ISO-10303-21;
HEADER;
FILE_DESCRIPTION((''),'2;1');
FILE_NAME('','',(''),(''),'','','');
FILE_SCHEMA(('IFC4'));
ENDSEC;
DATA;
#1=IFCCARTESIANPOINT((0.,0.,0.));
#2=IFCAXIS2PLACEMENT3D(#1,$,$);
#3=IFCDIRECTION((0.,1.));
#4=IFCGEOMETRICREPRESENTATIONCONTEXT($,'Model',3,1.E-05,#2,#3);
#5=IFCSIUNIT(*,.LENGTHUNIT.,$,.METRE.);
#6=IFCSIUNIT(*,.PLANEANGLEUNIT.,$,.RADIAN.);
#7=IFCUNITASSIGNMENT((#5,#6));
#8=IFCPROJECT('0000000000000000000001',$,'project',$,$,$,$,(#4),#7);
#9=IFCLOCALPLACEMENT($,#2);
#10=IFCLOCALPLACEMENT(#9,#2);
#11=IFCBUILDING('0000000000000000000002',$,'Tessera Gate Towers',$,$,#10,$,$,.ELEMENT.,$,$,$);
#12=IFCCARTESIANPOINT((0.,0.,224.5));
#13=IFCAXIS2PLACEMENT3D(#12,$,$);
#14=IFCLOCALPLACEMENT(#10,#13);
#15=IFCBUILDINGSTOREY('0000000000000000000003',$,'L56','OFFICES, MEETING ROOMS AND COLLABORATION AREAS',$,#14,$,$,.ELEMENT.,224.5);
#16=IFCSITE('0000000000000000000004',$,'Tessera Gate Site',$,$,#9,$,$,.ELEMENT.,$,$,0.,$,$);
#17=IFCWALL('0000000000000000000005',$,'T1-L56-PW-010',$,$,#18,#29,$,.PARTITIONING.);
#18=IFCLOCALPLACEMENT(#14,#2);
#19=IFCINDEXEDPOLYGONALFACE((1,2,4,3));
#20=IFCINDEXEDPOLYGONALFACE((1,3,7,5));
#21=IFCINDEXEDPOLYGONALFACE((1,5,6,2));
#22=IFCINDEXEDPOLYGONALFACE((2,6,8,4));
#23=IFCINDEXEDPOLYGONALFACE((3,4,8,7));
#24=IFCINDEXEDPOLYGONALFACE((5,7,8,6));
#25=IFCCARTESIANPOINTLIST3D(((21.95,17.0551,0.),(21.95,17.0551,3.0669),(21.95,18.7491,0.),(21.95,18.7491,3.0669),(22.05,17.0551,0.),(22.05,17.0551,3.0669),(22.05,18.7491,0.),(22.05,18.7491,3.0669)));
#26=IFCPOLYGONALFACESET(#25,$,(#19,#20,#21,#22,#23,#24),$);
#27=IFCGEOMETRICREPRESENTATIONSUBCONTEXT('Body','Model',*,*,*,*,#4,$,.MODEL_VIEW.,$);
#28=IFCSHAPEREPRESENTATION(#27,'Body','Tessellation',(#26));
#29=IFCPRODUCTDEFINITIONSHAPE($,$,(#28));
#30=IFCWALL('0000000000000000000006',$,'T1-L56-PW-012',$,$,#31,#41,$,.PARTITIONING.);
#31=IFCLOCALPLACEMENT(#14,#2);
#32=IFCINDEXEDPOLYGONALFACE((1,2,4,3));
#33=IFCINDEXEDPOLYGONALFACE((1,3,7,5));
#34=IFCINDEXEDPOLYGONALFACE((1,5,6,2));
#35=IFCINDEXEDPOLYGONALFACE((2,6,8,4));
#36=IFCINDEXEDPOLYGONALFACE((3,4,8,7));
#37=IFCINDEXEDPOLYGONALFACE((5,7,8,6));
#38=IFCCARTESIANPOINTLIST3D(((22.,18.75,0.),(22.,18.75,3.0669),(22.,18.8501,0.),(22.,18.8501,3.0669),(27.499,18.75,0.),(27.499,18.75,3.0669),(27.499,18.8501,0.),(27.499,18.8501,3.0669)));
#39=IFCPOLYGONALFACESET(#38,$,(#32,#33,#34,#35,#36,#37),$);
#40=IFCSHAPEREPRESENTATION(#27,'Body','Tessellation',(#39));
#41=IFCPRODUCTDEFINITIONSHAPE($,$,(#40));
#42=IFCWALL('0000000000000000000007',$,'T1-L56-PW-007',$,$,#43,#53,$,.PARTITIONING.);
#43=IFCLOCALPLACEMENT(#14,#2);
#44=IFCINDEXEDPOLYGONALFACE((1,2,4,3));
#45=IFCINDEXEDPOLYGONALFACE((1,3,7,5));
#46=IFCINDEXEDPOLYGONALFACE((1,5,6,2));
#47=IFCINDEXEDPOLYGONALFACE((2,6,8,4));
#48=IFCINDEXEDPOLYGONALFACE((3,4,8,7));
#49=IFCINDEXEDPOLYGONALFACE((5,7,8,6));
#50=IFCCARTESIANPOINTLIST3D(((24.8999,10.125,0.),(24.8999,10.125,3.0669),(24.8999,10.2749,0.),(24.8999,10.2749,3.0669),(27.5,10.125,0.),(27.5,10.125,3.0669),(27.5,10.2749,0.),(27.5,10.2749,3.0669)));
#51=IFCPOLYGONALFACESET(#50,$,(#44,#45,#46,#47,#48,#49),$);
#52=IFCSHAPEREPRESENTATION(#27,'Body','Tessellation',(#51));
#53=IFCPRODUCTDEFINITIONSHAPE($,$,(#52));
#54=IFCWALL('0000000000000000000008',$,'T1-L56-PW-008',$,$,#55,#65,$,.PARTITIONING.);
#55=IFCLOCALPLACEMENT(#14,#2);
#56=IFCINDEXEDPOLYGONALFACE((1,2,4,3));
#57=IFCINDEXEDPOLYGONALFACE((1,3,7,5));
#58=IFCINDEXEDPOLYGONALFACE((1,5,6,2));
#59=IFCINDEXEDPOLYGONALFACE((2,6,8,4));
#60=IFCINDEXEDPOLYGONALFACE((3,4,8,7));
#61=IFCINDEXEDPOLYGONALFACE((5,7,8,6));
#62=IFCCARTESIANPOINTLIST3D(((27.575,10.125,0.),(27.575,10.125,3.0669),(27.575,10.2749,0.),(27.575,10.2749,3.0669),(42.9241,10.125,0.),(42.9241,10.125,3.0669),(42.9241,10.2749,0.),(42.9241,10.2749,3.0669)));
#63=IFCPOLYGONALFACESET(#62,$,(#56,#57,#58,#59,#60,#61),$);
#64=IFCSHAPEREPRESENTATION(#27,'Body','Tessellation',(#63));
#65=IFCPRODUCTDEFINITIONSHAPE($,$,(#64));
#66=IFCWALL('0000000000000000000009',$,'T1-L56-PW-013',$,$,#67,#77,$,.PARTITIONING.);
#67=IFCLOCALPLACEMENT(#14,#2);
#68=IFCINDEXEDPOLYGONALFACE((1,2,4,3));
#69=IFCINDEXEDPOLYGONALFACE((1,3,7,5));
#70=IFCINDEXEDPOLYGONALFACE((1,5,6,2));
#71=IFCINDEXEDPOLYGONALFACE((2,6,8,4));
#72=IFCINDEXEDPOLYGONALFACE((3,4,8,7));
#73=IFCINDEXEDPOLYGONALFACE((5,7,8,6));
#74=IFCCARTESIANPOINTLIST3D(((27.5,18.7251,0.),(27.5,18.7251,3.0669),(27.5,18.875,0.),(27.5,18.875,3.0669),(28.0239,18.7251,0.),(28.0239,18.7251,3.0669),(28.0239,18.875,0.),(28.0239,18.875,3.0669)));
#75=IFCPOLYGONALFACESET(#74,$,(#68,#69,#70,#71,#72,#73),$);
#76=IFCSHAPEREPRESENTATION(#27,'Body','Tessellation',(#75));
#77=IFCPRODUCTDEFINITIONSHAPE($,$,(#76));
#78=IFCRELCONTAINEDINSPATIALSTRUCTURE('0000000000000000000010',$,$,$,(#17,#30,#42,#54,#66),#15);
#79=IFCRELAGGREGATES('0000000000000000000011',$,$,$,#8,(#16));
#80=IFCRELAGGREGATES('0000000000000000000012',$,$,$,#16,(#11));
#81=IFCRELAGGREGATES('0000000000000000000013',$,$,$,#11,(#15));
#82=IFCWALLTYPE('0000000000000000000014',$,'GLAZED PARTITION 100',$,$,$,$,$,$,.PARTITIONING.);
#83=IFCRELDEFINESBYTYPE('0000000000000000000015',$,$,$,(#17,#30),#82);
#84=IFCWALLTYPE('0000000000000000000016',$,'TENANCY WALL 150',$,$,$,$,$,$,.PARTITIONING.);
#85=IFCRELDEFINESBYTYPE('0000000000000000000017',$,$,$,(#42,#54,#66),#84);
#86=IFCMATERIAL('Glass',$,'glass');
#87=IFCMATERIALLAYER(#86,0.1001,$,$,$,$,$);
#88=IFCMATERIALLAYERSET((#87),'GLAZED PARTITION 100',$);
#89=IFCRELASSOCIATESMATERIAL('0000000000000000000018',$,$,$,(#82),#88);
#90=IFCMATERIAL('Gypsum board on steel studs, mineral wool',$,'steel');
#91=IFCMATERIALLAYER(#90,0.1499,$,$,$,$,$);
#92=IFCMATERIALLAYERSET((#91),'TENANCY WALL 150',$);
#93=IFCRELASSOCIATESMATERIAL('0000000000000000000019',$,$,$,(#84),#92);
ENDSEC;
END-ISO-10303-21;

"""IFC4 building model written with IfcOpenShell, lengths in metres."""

from ifc_helpers import new_model, si_unit, direction, frame, frame_2d, origin, place, context, subcontext, project, spatial, rectangle, extrude, material, layer, layer_set, type_object, element, save


model = new_model("IFC4")

# Units and contexts
model_context = context("Model", 3, precision=1e-05, world=origin(), true_north=direction((0.0, 1.0)))
body_context = subcontext(model_context, "Body", "Model", "MODEL_VIEW")
ifc_project = project(units=[si_unit("LENGTHUNIT", "METRE"), si_unit("PLANEANGLEUNIT", "RADIAN")], contexts=[model_context])

# Site, building, storey
site_placement = place(None, origin())
site = spatial("IfcSite", under=ifc_project, at=site_placement, Name="Tessera Gate Site", CompositionType="ELEMENT", RefElevation=0.0)
building_placement = place(site_placement, origin())
building = spatial("IfcBuilding", under=site, at=building_placement, Name="Tessera Gate Towers", CompositionType="ELEMENT")
storey_placement = place(building_placement, frame((0.0, 0.0, 224.5)))
storey = spatial("IfcBuildingStorey", under=building, at=storey_placement, Name="L56", Description="OFFICES, MEETING ROOMS AND COLLABORATION AREAS", CompositionType="ELEMENT", Elevation=224.5)

# Shared definitions
ifc_material_1 = material(Name="Glass", Category="glass")
ifc_layer_1 = layer(ifc_material_1, 0.1001)
ifc_layer_set_1 = layer_set([ifc_layer_1], Name="GLAZED PARTITION 100")
wall_type_1 = type_object("IfcWallType", Name="GLAZED PARTITION 100", PredefinedType="PARTITIONING", material=ifc_layer_set_1)

# Walls
wall_1_placement = place(storey_placement, frame((22.0, 17.0549, 0.0), z_axis=(0.0, 0.0, 1.0), x_axis=(0.0, 1.0, 0.0)))
element("IfcWall", 1, at=wall_1_placement, inside=storey, type_object=wall_type_1, Name="T1-L56-PW-010", PredefinedType="PARTITIONING", context=body_context, shape_type="SweptSolid", body=[
    extrude(rectangle(XDim=1.6941, YDim=0.1001, at=frame_2d((0.8472, 0.0))), origin(), (0.0, 0.0, 1.0), 3.0669),
])
wall_2_placement = place(storey_placement, frame((22.0, 18.8, 0.0), z_axis=(0.0, 0.0, 1.0), x_axis=(1.0, 0.0, 0.0)))
element("IfcWall", 2, at=wall_2_placement, inside=storey, type_object=wall_type_1, Name="T1-L56-PW-012", PredefinedType="PARTITIONING", context=body_context, shape_type="SweptSolid", body=[
    extrude(rectangle(XDim=5.499, YDim=0.1001, at=frame_2d((2.7495, 0.0))), origin(), (0.0, 0.0, 1.0), 3.0669),
])
ifc_material_2 = material(Name="Gypsum board on steel studs, mineral wool", Category="steel")
ifc_layer_2 = layer(ifc_material_2, 0.1499)
ifc_layer_set_2 = layer_set([ifc_layer_2], Name="TENANCY WALL 150")
wall_type_2 = type_object("IfcWallType", Name="TENANCY WALL 150", PredefinedType="PARTITIONING", material=ifc_layer_set_2)
wall_3_placement = place(storey_placement, frame((24.8999, 10.2, 0.0), z_axis=(0.0, 0.0, 1.0), x_axis=(1.0, 0.0, 0.0)))
element("IfcWall", 3, at=wall_3_placement, inside=storey, type_object=wall_type_2, Name="T1-L56-PW-007", PredefinedType="PARTITIONING", context=body_context, shape_type="SweptSolid", body=[
    extrude(rectangle(XDim=2.6001, YDim=0.1499, at=frame_2d((1.3, 0.0))), origin(), (0.0, 0.0, 1.0), 3.0669),
])
wall_4_placement = place(storey_placement, frame((27.575, 10.2, 0.0), z_axis=(0.0, 0.0, 1.0), x_axis=(1.0, 0.0, 0.0)))
element("IfcWall", 4, at=wall_4_placement, inside=storey, type_object=wall_type_2, Name="T1-L56-PW-008", PredefinedType="PARTITIONING", context=body_context, shape_type="SweptSolid", body=[
    extrude(rectangle(XDim=15.3491, YDim=0.1499, at=frame_2d((7.6746, 0.0))), origin(), (0.0, 0.0, 1.0), 3.0669),
])
wall_5_placement = place(storey_placement, frame((27.5, 18.8, 0.0), z_axis=(0.0, 0.0, 1.0), x_axis=(1.0, 0.0, 0.0)))
element("IfcWall", 5, at=wall_5_placement, inside=storey, type_object=wall_type_2, Name="T1-L56-PW-013", PredefinedType="PARTITIONING", context=body_context, shape_type="SweptSolid", body=[
    extrude(rectangle(XDim=0.5239, YDim=0.1499, at=frame_2d((0.262, 0.0))), origin(), (0.0, 0.0, 1.0), 3.0669),
])

save(model, "model.ifc")
